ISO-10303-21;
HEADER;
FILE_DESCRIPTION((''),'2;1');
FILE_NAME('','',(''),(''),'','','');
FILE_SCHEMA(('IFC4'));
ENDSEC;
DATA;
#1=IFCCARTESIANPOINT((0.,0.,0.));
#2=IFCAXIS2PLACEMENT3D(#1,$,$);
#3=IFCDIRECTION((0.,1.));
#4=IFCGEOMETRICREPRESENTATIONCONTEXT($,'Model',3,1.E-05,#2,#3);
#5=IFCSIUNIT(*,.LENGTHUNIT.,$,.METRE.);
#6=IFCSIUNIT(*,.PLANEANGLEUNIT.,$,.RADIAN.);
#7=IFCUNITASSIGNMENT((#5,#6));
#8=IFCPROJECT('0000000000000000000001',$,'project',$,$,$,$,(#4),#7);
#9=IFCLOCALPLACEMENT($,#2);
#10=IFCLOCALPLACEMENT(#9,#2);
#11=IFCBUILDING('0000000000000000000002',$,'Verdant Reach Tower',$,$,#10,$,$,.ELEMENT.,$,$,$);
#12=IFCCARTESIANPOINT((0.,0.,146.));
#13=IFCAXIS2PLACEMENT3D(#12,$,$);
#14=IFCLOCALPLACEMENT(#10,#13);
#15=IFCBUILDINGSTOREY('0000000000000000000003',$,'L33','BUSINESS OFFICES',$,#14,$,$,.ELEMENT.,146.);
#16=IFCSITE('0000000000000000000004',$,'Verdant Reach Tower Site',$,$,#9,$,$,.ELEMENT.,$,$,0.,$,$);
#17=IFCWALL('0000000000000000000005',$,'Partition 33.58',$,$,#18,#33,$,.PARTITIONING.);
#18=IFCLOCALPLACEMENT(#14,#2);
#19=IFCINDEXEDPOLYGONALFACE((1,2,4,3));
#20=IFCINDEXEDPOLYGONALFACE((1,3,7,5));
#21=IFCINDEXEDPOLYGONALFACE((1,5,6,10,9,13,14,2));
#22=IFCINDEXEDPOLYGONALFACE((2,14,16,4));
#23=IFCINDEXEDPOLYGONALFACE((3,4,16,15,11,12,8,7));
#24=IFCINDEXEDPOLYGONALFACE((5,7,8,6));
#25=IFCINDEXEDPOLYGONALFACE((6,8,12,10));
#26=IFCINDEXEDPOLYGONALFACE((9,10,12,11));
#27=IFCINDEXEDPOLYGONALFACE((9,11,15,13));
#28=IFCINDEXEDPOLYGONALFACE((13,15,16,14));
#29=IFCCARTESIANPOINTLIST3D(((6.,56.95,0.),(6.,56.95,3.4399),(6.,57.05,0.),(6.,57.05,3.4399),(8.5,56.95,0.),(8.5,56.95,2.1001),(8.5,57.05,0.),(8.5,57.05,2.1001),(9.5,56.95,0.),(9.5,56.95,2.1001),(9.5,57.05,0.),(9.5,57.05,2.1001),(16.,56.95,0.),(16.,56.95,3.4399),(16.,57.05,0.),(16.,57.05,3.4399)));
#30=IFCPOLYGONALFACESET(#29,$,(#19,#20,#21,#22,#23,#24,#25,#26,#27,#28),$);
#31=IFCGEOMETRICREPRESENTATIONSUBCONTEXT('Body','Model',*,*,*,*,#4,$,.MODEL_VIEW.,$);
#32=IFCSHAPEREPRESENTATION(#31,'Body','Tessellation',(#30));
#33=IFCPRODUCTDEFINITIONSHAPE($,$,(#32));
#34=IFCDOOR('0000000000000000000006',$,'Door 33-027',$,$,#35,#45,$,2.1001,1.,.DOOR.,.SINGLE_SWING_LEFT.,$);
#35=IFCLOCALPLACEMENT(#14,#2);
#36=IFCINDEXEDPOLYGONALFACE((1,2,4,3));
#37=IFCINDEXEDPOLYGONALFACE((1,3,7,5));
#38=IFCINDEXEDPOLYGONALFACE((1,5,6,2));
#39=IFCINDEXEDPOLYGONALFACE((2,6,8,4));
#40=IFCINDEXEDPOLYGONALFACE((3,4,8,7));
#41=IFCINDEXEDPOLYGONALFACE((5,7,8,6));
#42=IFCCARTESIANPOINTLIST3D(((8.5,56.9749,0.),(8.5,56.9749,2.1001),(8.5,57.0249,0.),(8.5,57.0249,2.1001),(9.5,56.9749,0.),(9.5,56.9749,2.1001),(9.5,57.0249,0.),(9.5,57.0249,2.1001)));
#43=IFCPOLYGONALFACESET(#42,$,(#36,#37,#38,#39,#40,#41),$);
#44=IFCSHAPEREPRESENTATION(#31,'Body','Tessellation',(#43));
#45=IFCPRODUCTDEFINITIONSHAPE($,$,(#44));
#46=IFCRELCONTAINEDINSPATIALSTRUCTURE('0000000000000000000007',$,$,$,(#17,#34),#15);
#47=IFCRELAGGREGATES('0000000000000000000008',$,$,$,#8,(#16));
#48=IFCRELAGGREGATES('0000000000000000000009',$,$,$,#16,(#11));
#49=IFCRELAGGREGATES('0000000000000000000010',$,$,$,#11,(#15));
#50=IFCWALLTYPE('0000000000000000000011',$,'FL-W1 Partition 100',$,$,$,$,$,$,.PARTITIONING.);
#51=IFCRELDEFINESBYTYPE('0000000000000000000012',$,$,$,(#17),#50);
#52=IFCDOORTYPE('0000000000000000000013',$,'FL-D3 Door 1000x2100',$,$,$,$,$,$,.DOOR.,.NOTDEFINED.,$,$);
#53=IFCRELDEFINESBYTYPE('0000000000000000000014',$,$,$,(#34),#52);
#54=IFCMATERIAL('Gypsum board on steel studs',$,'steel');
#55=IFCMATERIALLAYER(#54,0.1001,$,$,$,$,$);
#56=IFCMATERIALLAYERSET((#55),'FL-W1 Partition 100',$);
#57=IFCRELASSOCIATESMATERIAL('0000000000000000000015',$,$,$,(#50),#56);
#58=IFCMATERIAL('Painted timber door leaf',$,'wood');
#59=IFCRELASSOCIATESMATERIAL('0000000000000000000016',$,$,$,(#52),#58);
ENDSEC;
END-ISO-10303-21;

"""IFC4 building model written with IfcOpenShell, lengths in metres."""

from ifc_helpers import new_model, si_unit, direction, frame, frame_2d, origin, place, context, subcontext, project, spatial, rectangle, extrude, material, layer, layer_set, type_object, element, fill, save


model = new_model("IFC4")

# Units and contexts
model_context = context("Model", 3, precision=1e-05, world=origin(), true_north=direction((0.0, 1.0)))
body_context = subcontext(model_context, "Body", "Model", "MODEL_VIEW")
ifc_project = project(units=[si_unit("LENGTHUNIT", "METRE"), si_unit("PLANEANGLEUNIT", "RADIAN")], contexts=[model_context])

# Site, building, storey
site_placement = place(None, origin())
site = spatial("IfcSite", under=ifc_project, at=site_placement, Name="Verdant Reach Tower Site", CompositionType="ELEMENT", RefElevation=0.0)
building_placement = place(site_placement, origin())
building = spatial("IfcBuilding", under=site, at=building_placement, Name="Verdant Reach Tower", CompositionType="ELEMENT")
storey_placement = place(building_placement, frame((0.0, 0.0, 146.0)))
storey = spatial("IfcBuildingStorey", under=building, at=storey_placement, Name="L33", Description="BUSINESS OFFICES", CompositionType="ELEMENT", Elevation=146.0)

# Shared definitions
ifc_material_1 = material(Name="Gypsum board on steel studs", Category="steel")
ifc_layer_1 = layer(ifc_material_1, 0.1001)
ifc_layer_set_1 = layer_set([ifc_layer_1], Name="FL-W1 Partition 100")
wall_type = type_object("IfcWallType", Name="FL-W1 Partition 100", PredefinedType="PARTITIONING", material=ifc_layer_set_1)

# Wall, opening, door
wall_1_placement = place(storey_placement, frame((6.0, 57.0, 0.0), z_axis=(0.0, 0.0, 1.0), x_axis=(1.0, 0.0, 0.0)))
wall_1 = element("IfcWall", 1, at=wall_1_placement, inside=storey, type_object=wall_type, Name="Partition 33.58", PredefinedType="PARTITIONING", context=body_context, shape_type="SweptSolid", body=[
    extrude(rectangle(XDim=10.0, YDim=0.1001, at=frame_2d((5.0, 0.0))), origin(), (0.0, 0.0, 1.0), 3.4399),
])
opening_placement = place(wall_1_placement, frame((2.5, 0.0, 0.0)))
opening = element("IfcOpeningElement", 2, at=opening_placement, cuts=wall_1, PredefinedType="OPENING", context=body_context, shape_type="SweptSolid", body=[
    extrude(rectangle(XDim=1.0, YDim=2.1001, at=frame_2d((0.5, 1.05))), frame((0.0, 0.0601, 0.0), z_axis=(0.0, -1.0, 0.0), x_axis=(1.0, 0.0, 0.0)), (0.0, 0.0, 1.0), 0.1201),
])
ifc_material_2 = material(Name="Painted timber door leaf", Category="wood")
door_type = type_object("IfcDoorType", Name="FL-D3 Door 1000x2100", OperationType="NOTDEFINED", PredefinedType="DOOR", material=ifc_material_2)
door_placement = place(opening_placement, origin())
door = element("IfcDoor", 3, at=door_placement, inside=storey, type_object=door_type, Name="Door 33-027", OperationType="SINGLE_SWING_LEFT", OverallHeight=2.1001, OverallWidth=1.0, PredefinedType="DOOR", context=body_context, shape_type="SweptSolid", body=[
    extrude(rectangle(XDim=1.0, YDim=2.1001, at=frame_2d((0.5, 1.05))), frame((0.0, 0.0249, 0.0), z_axis=(0.0, -1.0, 0.0), x_axis=(1.0, 0.0, 0.0)), (0.0, 0.0, 1.0), 0.05),
])
fill(opening, door)

save(model, "model.ifc")
